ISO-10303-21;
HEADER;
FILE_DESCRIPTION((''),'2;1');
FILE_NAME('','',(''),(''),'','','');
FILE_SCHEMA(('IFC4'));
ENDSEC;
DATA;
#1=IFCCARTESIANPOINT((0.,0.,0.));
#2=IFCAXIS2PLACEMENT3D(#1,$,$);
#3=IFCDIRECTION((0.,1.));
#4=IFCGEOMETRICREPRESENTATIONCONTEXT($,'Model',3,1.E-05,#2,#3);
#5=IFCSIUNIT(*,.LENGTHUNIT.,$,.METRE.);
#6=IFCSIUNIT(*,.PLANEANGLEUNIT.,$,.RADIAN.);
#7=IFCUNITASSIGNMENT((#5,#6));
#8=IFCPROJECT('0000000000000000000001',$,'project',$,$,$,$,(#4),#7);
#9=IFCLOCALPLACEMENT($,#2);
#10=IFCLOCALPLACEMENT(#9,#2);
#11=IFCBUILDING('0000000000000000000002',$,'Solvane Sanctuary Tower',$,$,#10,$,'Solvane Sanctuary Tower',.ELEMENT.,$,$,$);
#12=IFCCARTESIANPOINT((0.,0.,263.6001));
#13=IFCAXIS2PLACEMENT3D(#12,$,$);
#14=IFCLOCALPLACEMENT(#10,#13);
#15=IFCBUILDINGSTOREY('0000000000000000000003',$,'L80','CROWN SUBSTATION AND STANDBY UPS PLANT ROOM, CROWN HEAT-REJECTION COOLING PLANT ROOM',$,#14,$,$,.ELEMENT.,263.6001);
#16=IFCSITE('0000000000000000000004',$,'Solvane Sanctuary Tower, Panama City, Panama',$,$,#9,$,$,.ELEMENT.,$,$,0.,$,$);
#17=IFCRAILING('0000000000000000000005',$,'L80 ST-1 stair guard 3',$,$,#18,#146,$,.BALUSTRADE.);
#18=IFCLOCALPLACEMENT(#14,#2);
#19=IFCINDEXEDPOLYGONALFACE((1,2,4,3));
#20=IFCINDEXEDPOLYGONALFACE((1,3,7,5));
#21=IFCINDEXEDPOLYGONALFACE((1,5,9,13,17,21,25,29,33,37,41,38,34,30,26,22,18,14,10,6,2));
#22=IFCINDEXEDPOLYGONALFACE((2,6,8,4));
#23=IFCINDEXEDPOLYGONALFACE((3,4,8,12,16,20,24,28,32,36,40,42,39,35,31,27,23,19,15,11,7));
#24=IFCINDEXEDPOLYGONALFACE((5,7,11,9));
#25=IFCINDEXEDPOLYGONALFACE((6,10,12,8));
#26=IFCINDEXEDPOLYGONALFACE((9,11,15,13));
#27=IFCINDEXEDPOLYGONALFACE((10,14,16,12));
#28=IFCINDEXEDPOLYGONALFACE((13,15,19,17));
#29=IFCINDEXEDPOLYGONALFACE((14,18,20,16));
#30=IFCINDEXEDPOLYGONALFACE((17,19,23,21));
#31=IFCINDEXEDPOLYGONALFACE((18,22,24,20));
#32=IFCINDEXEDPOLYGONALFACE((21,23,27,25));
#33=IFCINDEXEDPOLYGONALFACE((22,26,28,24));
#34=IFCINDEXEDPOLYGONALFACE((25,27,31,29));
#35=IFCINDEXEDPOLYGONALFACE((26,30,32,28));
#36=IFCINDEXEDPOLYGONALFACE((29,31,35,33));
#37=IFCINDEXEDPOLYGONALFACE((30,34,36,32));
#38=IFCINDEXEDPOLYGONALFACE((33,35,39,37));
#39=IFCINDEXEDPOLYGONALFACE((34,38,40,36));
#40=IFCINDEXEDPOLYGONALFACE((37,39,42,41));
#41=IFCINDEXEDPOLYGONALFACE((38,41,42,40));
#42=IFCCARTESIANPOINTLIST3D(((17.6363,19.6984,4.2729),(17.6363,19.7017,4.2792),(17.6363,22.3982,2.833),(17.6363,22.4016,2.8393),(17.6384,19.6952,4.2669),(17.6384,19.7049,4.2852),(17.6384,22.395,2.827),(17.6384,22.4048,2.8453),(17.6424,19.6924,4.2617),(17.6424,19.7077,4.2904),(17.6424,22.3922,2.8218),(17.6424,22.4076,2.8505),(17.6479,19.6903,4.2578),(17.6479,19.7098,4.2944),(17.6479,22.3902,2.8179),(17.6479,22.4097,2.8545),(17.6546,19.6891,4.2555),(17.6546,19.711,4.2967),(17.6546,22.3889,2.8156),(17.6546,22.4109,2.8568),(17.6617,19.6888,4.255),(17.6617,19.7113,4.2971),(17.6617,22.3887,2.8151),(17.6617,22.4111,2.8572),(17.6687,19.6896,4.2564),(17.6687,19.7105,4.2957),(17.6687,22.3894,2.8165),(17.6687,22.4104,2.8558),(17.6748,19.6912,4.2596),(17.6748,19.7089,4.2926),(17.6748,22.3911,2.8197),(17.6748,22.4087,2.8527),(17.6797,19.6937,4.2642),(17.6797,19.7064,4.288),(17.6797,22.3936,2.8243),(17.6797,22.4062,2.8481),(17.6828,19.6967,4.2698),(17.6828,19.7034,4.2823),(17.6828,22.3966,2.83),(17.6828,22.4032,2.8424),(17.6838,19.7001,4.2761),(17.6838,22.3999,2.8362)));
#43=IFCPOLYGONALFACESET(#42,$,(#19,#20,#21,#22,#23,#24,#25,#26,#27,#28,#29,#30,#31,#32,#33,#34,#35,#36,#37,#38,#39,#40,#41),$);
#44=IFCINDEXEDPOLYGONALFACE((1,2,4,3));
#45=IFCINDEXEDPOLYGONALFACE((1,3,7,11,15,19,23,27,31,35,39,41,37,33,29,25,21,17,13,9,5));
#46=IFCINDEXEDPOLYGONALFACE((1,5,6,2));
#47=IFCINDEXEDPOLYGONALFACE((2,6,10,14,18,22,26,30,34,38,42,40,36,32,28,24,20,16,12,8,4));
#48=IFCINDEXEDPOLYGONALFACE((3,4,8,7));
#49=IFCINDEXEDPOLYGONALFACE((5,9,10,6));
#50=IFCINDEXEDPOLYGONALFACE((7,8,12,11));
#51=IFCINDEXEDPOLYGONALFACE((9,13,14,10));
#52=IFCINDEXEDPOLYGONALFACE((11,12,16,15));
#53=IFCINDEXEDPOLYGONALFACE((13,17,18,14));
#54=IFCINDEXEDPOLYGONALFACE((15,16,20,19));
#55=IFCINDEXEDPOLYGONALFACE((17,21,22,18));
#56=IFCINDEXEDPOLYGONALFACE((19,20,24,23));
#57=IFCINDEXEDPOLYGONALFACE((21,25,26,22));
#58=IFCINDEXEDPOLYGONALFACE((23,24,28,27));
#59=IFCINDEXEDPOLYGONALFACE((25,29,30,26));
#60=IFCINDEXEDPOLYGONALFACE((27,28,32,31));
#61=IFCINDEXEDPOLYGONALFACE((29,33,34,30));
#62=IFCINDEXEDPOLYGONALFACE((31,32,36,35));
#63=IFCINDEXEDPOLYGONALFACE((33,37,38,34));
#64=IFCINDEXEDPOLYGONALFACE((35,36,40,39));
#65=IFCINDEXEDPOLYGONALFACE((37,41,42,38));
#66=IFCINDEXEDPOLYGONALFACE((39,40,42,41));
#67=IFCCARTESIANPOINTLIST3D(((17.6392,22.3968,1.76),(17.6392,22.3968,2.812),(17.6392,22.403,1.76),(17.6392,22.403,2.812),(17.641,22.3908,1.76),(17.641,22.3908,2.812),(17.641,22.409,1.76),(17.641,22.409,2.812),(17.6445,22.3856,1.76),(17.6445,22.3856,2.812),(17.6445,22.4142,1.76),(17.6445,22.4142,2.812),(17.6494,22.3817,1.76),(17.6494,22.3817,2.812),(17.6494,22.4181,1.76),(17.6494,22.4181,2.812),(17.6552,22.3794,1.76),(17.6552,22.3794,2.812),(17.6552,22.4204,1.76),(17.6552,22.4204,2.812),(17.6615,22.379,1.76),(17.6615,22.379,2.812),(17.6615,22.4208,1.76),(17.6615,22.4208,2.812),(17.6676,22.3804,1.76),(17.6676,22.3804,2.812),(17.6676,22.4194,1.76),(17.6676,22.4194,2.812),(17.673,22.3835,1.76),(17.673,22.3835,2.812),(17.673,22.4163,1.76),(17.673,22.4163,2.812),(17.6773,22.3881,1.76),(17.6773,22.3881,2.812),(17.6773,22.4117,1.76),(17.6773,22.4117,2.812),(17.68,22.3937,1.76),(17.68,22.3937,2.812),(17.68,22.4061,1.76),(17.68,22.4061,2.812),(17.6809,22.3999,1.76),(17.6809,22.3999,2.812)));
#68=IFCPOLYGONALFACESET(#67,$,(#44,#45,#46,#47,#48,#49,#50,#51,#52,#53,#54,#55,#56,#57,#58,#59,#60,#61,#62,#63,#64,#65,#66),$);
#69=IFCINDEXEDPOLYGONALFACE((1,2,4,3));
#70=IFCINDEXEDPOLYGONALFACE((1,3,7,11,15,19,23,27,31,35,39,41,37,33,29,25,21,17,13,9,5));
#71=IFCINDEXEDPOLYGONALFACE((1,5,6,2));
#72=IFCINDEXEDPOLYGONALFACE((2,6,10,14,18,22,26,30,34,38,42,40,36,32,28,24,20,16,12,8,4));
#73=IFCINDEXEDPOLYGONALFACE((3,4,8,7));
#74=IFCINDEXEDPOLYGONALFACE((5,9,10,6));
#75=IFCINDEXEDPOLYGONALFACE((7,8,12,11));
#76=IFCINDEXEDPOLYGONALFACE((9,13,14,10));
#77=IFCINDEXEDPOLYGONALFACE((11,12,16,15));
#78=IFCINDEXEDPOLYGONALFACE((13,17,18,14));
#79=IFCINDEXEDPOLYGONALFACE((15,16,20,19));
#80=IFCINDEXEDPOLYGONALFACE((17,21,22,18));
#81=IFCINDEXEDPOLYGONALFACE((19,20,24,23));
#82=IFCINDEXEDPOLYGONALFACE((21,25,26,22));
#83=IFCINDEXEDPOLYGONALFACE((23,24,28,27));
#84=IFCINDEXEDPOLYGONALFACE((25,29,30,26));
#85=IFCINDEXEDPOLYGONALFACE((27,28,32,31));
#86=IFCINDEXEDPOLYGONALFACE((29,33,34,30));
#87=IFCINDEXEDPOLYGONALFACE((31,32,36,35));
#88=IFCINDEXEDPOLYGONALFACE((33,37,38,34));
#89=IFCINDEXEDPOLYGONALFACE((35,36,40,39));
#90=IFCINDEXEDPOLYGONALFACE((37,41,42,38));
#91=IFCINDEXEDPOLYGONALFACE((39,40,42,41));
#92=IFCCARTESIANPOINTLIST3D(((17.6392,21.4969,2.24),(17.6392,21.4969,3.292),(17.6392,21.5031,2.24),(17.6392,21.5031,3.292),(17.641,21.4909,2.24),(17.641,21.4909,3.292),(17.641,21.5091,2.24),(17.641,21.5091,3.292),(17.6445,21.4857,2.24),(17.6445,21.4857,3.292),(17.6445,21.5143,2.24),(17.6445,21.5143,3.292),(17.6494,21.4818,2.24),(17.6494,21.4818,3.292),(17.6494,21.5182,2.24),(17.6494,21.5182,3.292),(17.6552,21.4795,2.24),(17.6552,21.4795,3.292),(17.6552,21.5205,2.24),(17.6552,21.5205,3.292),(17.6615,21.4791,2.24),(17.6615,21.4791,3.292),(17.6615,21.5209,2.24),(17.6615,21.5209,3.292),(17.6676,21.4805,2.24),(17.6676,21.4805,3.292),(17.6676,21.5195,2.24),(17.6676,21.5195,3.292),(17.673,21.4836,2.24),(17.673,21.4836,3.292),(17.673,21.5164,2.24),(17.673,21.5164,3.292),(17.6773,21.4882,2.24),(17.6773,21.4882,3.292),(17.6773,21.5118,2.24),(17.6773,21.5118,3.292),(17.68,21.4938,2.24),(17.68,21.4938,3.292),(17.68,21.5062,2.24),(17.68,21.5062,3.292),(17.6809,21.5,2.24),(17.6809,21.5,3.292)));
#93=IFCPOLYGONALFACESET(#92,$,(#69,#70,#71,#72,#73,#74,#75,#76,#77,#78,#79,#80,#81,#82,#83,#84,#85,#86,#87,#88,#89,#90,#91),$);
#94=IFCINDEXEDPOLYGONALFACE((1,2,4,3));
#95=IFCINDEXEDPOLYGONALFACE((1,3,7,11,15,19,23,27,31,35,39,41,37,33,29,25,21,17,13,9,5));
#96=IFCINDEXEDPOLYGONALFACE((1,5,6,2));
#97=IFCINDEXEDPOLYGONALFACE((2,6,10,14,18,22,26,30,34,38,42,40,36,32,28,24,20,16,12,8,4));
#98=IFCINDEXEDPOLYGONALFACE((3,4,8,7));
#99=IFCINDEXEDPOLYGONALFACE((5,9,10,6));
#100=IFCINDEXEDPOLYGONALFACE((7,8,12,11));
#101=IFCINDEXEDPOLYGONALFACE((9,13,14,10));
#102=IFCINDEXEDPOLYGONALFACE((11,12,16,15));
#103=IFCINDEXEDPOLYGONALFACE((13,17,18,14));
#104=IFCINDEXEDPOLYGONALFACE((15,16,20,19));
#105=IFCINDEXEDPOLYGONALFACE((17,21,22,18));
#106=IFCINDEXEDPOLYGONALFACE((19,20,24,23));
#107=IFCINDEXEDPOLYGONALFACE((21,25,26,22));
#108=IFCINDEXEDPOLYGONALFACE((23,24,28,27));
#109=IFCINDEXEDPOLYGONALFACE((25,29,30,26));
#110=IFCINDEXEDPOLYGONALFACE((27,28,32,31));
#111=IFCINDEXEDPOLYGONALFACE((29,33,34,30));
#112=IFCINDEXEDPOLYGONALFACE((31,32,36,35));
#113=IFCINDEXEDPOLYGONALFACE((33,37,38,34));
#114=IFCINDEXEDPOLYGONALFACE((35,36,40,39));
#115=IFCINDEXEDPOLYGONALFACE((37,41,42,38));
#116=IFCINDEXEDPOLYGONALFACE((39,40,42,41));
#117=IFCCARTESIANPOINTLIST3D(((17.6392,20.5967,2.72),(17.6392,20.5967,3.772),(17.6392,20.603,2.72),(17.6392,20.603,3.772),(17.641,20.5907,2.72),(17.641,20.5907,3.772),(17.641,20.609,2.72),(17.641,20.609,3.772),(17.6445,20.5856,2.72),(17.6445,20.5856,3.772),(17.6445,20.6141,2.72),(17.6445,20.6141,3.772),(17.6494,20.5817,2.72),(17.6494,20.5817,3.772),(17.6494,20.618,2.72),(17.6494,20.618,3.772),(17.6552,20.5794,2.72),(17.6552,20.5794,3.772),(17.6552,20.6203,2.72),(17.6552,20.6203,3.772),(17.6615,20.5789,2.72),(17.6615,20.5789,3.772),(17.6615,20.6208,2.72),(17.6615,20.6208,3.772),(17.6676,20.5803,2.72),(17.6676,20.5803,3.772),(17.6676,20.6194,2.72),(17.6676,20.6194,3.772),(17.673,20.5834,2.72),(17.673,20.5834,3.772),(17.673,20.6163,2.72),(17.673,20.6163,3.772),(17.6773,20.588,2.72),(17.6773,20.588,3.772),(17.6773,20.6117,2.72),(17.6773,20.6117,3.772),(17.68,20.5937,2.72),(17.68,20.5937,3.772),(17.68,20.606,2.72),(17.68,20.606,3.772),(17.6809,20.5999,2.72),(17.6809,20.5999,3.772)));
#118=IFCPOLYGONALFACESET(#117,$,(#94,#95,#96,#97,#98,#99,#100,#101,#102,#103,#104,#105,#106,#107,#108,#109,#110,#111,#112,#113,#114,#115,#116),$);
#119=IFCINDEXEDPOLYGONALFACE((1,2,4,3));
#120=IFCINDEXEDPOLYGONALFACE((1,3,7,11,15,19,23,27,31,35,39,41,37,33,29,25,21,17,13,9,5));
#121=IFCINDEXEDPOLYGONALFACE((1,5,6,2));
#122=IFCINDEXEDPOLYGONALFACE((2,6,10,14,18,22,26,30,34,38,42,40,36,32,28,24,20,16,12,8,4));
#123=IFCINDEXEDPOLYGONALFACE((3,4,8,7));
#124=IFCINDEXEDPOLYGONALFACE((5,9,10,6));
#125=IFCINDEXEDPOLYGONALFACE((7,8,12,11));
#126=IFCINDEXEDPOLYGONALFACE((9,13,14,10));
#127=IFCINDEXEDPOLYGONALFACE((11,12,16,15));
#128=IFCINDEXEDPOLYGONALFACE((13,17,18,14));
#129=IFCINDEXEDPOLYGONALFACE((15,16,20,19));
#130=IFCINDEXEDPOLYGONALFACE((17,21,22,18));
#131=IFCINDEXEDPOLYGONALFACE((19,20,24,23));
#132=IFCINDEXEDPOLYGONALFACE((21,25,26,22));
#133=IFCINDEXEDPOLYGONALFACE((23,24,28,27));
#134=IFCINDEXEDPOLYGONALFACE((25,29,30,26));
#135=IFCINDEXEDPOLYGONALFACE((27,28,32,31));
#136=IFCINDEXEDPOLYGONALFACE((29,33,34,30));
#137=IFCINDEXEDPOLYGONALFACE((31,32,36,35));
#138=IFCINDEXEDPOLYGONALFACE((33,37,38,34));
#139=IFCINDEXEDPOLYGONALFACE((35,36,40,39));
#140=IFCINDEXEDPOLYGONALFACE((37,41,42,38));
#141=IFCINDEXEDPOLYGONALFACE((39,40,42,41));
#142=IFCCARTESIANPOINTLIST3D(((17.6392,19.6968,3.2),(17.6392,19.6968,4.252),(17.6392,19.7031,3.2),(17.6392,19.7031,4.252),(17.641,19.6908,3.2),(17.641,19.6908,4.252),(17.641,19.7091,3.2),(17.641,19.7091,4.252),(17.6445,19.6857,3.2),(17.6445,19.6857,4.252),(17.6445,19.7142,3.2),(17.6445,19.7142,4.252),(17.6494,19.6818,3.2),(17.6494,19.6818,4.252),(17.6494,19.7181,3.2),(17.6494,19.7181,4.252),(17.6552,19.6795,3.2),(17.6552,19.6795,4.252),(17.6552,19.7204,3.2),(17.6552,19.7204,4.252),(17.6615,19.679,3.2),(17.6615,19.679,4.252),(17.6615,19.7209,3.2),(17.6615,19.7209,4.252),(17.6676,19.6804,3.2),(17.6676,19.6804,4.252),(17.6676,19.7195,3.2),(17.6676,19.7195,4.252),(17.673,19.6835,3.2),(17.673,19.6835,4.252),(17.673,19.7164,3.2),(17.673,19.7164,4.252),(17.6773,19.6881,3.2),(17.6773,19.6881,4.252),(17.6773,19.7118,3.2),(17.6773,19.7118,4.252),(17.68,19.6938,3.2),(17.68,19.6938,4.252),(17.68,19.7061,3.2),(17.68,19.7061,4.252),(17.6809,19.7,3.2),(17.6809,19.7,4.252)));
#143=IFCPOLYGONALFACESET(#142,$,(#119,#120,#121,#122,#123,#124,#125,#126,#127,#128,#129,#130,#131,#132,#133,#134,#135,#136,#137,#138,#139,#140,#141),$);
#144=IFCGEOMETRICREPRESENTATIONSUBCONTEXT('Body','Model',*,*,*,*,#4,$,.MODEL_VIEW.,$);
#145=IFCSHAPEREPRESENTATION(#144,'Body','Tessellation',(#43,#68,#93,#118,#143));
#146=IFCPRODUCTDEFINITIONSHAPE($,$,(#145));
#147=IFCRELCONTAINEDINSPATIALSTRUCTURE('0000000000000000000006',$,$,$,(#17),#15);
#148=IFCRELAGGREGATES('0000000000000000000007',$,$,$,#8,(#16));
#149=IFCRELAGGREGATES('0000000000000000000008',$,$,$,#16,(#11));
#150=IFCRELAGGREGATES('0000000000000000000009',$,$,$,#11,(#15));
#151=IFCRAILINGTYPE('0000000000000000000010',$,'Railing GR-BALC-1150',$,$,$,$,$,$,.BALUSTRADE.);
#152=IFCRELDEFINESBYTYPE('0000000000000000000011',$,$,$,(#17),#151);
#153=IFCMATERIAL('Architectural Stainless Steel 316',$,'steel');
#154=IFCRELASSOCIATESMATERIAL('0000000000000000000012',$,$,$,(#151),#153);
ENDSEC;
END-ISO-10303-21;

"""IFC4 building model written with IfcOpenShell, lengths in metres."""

from ifc_helpers import new_model, si_unit, direction, frame, origin, origin_2d, place, context, subcontext, project, spatial, circle, extrude, material, type_object, element, save


model = new_model("IFC4")

# Units and contexts
model_context = context("Model", 3, precision=1e-05, world=origin(), true_north=direction((0.0, 1.0)))
body_context = subcontext(model_context, "Body", "Model", "MODEL_VIEW")
ifc_project = project(units=[si_unit("LENGTHUNIT", "METRE"), si_unit("PLANEANGLEUNIT", "RADIAN")], contexts=[model_context])

# Site, building, storey
site_placement = place(None, origin())
site = spatial("IfcSite", under=ifc_project, at=site_placement, Name="Solvane Sanctuary Tower, Panama City, Panama", CompositionType="ELEMENT", RefElevation=0.0)
building_placement = place(site_placement, origin())
building = spatial("IfcBuilding", under=site, at=building_placement, Name="Solvane Sanctuary Tower", LongName="Solvane Sanctuary Tower", CompositionType="ELEMENT")
storey_placement = place(building_placement, frame((0.0, 0.0, 263.6001)))
storey = spatial("IfcBuildingStorey", under=building, at=storey_placement, Name="L80", Description="CROWN SUBSTATION AND STANDBY UPS PLANT ROOM, CROWN HEAT-REJECTION COOLING PLANT ROOM", CompositionType="ELEMENT", Elevation=263.6001)

# Shared definitions
ifc_material_1 = material(Name="Architectural Stainless Steel 316", Category="steel")

# Railing
railing_type_1 = type_object("IfcRailingType", Name="Railing GR-BALC-1150", PredefinedType="BALUSTRADE", material=ifc_material_1)
railing_1_placement = place(storey_placement, frame((17.6599, 22.3999, 1.76)))
element("IfcRailing", 1, at=railing_1_placement, inside=storey, type_object=railing_type_1, Name="L80 ST-1 stair guard 3", PredefinedType="BALUSTRADE", context=body_context, shape_type="SweptSolid", body=[
    extrude(circle(Radius=0.0239, at=origin_2d()), frame((0.0, 0.0, 1.0762), z_axis=(0.0, -0.882357, 0.47058), x_axis=(1.0, 0.0, 0.0)), (0.0, 0.0, 1.0), 3.0598),
    extrude(circle(Radius=0.021, at=origin_2d()), origin(), (0.0, 0.0, 1.0), 1.052),
    extrude(circle(Radius=0.021, at=origin_2d()), frame((0.0, -0.8999, 0.48)), (0.0, 0.0, 1.0), 1.052),
    extrude(circle(Radius=0.021, at=origin_2d()), frame((0.0, -1.8, 0.96)), (0.0, 0.0, 1.0), 1.052),
    extrude(circle(Radius=0.021, at=origin_2d()), frame((0.0, -2.7, 1.4399)), (0.0, 0.0, 1.0), 1.052),
])

save(model, "model.ifc")
